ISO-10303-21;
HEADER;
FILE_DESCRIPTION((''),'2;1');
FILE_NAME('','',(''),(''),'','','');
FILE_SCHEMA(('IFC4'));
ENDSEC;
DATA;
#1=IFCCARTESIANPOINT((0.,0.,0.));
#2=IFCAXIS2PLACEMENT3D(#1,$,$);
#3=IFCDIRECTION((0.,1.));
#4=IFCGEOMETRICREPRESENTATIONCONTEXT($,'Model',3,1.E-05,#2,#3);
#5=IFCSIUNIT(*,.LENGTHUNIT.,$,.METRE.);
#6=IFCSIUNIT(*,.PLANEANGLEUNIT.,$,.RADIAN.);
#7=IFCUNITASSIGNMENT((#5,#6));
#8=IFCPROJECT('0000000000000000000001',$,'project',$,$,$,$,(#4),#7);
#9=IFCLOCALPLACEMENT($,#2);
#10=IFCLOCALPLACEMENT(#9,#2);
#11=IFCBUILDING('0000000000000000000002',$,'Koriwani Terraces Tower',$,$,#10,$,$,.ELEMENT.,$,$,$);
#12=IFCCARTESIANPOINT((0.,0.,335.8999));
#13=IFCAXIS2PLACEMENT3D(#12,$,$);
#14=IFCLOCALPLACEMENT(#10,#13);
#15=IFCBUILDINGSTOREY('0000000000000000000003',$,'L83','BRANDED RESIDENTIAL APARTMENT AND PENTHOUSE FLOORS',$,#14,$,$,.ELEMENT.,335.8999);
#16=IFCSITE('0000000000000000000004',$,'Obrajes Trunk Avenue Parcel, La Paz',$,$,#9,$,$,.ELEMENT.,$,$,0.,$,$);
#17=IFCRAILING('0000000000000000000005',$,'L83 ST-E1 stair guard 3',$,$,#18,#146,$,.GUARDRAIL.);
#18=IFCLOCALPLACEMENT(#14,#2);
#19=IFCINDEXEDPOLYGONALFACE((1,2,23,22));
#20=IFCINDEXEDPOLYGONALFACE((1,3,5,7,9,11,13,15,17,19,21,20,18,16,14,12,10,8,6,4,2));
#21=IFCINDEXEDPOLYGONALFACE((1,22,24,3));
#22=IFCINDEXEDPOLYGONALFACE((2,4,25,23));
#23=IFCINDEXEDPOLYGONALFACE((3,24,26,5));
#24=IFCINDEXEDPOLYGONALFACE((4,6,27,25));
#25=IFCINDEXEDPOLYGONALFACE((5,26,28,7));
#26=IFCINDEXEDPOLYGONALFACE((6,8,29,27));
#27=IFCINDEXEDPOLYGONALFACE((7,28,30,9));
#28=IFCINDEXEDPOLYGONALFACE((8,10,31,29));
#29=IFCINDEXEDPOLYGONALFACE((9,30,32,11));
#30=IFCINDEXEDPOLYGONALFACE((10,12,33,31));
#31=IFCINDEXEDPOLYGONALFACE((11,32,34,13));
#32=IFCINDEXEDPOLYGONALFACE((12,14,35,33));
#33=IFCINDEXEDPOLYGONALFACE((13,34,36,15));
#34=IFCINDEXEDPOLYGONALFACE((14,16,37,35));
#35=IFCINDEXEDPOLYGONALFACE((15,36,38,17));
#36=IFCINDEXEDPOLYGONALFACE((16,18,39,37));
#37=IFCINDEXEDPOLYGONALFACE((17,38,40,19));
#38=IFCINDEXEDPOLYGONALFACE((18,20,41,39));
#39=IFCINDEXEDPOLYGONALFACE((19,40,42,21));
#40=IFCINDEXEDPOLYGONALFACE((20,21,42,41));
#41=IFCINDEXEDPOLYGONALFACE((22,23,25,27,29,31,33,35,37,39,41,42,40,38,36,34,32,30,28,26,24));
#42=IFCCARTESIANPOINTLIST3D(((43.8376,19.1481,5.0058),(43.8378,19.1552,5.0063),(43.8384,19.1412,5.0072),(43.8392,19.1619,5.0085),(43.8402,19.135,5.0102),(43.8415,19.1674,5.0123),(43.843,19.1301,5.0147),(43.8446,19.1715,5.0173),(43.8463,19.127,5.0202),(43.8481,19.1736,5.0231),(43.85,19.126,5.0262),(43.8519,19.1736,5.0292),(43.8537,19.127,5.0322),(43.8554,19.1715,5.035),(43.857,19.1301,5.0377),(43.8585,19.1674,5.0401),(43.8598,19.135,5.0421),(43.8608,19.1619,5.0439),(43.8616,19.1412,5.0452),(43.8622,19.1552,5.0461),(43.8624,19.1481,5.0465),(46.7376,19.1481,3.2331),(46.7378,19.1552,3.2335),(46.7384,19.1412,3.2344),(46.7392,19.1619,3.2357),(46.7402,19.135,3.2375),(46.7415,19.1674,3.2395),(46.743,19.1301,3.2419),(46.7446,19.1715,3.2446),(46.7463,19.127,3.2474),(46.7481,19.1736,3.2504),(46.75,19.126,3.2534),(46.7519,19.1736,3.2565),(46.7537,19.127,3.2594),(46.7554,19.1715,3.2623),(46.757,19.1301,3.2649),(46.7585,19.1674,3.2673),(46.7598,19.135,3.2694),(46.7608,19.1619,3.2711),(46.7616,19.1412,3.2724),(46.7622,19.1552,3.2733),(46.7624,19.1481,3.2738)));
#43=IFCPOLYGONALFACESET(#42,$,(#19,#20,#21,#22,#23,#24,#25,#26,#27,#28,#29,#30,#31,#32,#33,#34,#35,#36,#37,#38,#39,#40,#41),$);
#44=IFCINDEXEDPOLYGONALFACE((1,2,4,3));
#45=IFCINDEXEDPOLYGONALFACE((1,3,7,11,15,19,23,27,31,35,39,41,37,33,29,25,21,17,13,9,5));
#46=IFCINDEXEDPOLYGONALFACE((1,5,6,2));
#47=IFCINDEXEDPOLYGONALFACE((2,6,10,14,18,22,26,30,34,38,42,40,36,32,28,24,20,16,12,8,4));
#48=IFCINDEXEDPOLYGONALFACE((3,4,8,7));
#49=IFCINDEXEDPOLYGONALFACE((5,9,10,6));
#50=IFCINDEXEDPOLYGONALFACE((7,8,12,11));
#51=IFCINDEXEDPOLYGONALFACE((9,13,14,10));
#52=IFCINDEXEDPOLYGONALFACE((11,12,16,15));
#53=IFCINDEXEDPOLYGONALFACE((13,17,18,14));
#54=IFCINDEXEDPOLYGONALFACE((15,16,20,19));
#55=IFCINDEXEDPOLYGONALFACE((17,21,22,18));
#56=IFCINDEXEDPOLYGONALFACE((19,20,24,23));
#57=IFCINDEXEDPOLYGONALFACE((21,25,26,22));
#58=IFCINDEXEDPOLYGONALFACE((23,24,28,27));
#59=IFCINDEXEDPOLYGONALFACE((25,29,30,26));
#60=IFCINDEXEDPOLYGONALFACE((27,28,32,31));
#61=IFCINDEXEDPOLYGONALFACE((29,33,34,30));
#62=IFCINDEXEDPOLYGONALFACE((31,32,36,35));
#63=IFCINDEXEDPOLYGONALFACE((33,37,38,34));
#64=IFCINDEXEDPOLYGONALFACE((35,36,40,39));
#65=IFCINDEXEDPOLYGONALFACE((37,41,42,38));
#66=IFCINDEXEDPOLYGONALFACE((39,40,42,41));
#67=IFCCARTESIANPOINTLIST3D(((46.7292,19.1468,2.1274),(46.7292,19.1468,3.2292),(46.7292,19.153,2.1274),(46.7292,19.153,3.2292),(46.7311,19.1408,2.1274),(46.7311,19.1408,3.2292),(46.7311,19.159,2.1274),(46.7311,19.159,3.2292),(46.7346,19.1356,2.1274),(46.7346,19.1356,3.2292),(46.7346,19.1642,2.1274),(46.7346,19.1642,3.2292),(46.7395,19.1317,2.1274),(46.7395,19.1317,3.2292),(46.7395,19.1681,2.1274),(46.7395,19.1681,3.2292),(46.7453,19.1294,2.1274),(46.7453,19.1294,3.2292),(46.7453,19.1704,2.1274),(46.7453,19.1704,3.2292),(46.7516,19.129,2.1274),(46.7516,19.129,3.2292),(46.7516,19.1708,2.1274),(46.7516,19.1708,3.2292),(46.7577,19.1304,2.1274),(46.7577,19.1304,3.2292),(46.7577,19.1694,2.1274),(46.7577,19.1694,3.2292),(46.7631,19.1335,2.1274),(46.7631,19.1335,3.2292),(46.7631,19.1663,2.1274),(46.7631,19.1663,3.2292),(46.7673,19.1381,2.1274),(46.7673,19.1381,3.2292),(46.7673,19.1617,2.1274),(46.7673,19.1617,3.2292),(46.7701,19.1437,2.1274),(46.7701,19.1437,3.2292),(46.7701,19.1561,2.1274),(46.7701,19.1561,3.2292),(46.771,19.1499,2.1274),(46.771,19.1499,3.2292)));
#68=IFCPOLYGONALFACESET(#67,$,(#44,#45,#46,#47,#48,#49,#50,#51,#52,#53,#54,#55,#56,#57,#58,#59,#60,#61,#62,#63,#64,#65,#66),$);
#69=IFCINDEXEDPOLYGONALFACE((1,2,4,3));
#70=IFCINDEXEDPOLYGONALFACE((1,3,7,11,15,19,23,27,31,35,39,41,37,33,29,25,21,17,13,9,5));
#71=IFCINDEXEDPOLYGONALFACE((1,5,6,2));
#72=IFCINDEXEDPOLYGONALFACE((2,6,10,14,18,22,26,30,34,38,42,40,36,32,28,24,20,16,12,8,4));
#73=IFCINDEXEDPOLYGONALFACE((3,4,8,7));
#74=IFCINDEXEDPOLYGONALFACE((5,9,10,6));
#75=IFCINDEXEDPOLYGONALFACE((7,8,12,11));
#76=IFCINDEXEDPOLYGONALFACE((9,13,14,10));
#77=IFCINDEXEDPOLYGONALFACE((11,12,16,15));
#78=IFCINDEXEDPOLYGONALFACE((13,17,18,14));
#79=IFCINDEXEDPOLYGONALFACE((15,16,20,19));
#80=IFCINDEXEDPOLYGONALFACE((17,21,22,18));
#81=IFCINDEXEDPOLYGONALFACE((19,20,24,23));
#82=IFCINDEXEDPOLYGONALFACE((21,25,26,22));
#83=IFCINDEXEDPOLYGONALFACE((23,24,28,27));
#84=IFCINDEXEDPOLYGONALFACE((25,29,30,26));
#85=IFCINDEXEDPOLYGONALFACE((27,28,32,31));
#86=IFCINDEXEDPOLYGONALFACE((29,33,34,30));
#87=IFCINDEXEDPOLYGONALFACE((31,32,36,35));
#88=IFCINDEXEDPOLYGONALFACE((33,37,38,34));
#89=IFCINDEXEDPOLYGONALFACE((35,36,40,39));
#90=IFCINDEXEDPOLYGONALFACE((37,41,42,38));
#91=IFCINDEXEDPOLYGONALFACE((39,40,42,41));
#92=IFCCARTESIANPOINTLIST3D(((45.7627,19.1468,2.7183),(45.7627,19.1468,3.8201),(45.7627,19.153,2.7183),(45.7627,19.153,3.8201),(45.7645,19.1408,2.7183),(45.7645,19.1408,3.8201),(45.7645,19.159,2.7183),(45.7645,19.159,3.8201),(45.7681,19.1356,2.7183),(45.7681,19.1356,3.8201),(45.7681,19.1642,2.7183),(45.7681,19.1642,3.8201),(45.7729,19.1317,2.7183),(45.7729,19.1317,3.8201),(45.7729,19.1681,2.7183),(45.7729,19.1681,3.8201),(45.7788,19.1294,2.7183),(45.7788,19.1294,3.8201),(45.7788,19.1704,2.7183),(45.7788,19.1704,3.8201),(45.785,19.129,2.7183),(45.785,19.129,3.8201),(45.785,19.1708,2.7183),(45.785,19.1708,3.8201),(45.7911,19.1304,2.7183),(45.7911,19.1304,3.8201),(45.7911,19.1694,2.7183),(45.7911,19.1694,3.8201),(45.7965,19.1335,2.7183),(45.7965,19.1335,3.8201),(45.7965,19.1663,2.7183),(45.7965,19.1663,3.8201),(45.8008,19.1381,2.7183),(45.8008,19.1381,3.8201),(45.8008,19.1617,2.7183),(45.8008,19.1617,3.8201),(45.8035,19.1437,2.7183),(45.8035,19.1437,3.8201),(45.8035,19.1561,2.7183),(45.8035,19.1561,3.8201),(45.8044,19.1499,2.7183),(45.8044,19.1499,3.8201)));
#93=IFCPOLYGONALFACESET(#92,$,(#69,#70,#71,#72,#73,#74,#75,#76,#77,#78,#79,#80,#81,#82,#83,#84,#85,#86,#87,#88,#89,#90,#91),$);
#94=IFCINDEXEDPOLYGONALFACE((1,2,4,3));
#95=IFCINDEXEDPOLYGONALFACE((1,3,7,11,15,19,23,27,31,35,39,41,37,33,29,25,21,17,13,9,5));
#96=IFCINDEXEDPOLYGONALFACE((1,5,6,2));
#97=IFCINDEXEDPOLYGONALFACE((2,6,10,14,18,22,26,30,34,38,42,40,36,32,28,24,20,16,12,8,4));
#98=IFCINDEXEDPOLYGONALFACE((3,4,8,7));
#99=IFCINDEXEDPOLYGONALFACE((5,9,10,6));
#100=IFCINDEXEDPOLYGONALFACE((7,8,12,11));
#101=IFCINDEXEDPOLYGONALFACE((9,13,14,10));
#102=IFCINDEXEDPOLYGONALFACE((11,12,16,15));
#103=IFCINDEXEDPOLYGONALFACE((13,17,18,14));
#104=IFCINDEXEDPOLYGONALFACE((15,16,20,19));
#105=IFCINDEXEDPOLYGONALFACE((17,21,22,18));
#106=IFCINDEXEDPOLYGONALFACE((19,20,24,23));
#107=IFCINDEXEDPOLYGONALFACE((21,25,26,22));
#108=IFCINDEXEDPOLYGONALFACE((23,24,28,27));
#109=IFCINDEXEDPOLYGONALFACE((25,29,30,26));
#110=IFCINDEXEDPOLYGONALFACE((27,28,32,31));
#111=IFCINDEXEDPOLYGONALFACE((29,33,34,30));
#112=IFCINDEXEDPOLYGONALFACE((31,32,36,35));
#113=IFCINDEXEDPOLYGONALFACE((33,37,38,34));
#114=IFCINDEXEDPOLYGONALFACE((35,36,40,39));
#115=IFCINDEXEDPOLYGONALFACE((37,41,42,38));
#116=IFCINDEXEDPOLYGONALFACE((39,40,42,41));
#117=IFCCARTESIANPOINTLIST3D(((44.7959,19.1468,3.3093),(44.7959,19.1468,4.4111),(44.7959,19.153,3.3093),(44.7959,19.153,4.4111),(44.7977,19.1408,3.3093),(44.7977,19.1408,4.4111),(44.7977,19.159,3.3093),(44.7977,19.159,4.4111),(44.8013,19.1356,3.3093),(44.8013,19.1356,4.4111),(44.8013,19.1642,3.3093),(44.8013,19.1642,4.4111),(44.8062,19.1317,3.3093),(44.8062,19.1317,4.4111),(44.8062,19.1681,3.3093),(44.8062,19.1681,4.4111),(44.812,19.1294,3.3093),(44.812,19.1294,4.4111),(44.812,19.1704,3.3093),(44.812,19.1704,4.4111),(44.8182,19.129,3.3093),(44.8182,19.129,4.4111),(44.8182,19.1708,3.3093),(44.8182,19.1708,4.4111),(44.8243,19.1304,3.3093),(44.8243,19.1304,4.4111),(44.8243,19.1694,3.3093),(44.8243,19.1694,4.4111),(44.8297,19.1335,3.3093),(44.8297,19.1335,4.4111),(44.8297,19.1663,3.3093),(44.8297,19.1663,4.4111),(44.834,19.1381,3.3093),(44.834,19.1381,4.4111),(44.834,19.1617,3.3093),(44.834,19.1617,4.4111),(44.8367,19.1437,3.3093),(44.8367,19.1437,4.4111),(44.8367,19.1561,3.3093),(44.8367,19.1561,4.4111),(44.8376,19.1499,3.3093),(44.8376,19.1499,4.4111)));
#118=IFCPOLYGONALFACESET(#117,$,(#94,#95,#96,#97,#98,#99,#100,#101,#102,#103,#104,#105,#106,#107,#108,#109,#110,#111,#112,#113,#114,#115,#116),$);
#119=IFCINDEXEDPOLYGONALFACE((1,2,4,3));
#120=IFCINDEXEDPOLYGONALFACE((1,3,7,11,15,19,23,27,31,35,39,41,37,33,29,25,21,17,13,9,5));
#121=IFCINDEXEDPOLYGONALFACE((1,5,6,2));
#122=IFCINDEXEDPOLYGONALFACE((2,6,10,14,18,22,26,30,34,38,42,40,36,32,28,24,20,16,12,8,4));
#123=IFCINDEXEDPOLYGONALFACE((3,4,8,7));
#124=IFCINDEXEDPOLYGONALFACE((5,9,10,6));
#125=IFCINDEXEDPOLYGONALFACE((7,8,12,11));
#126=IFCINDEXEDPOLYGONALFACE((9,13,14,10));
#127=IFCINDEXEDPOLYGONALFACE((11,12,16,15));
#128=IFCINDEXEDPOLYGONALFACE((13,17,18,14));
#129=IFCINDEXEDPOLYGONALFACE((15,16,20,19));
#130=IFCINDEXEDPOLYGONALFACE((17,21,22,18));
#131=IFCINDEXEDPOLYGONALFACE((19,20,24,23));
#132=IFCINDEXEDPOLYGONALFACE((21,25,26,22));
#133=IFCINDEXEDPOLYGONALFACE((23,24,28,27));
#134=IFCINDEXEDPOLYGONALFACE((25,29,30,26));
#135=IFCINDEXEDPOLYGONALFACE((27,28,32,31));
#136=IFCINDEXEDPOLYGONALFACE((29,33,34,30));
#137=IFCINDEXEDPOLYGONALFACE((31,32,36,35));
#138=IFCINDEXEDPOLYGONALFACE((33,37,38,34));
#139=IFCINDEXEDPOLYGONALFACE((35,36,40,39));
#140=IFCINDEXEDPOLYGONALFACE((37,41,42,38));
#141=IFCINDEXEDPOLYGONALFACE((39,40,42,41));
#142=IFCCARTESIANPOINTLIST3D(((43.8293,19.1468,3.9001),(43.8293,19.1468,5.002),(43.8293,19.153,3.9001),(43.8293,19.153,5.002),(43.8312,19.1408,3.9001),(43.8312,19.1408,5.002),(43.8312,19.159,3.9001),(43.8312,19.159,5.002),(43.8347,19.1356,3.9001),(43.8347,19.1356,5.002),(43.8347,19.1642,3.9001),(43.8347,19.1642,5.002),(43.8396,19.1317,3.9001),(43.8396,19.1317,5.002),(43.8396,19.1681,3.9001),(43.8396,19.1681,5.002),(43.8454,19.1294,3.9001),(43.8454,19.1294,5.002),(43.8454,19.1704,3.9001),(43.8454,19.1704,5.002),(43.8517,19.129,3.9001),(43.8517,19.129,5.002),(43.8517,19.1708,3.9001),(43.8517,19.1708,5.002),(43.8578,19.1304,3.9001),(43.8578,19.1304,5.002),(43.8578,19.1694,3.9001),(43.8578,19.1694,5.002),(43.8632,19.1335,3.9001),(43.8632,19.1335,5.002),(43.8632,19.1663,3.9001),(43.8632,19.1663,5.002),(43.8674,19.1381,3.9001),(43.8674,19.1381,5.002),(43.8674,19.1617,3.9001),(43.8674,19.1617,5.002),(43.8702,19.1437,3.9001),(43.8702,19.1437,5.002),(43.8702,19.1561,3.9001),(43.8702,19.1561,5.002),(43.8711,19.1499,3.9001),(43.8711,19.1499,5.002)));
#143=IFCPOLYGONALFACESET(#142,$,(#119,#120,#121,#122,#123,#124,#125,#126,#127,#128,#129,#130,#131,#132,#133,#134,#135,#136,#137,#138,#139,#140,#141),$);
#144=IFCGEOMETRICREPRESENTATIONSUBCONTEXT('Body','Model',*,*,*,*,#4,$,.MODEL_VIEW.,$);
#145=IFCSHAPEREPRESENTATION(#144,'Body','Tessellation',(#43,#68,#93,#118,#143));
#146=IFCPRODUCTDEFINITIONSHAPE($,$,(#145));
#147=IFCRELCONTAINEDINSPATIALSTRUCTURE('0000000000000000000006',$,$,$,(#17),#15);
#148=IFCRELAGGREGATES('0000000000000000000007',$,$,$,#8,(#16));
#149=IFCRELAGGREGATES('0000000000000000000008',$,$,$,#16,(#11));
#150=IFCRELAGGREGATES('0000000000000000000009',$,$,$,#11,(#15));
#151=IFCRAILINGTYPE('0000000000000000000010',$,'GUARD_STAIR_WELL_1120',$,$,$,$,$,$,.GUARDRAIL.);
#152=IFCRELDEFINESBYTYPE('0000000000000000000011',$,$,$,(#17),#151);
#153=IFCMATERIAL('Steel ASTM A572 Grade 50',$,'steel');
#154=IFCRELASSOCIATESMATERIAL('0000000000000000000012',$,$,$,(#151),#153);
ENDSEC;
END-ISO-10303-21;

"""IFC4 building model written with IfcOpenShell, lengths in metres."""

from ifc_helpers import new_model, si_unit, direction, frame, origin, origin_2d, place, context, subcontext, project, spatial, circle, extrude, material, type_object, element, save


model = new_model("IFC4")

# Units and contexts
model_context = context("Model", 3, precision=1e-05, world=origin(), true_north=direction((0.0, 1.0)))
body_context = subcontext(model_context, "Body", "Model", "MODEL_VIEW")
ifc_project = project(units=[si_unit("LENGTHUNIT", "METRE"), si_unit("PLANEANGLEUNIT", "RADIAN")], contexts=[model_context])

# Site, building, storey
site_placement = place(None, origin())
site = spatial("IfcSite", under=ifc_project, at=site_placement, Name="Obrajes Trunk Avenue Parcel, La Paz", CompositionType="ELEMENT", RefElevation=0.0)
building_placement = place(site_placement, origin())
building = spatial("IfcBuilding", under=site, at=building_placement, Name="Koriwani Terraces Tower", CompositionType="ELEMENT")
storey_placement = place(building_placement, frame((0.0, 0.0, 335.8999)))
storey = spatial("IfcBuildingStorey", under=building, at=storey_placement, Name="L83", Description="BRANDED RESIDENTIAL APARTMENT AND PENTHOUSE FLOORS", CompositionType="ELEMENT", Elevation=335.8999)

# Railing
ifc_material_1 = material(Name="Steel ASTM A572 Grade 50", Category="steel")
railing_type_1 = type_object("IfcRailingType", Name="GUARD_STAIR_WELL_1120", PredefinedType="GUARDRAIL", material=ifc_material_1)
railing_1_placement = place(storey_placement, frame((46.75, 19.1499, 2.1274)))
element("IfcRailing", 1, at=railing_1_placement, inside=storey, type_object=railing_type_1, Name="L83 ST-E1 stair guard 3", PredefinedType="GUARDRAIL", context=body_context, shape_type="SweptSolid", body=[
    extrude(circle(Radius=0.0239, at=origin_2d()), frame((0.0, 0.0, 1.126), z_axis=(-0.853211, 0.0, 0.521566), x_axis=(0.0, -1.0, 0.0)), (0.0, 0.0, 1.0), 3.3989),
    extrude(circle(Radius=0.021, at=origin_2d()), origin(), (0.0, 0.0, 1.0), 1.1018),
    extrude(circle(Radius=0.021, at=origin_2d()), frame((-0.9666, 0.0, 0.5908)), (0.0, 0.0, 1.0), 1.1018),
    extrude(circle(Radius=0.021, at=origin_2d()), frame((-1.9333, 0.0, 1.1819)), (0.0, 0.0, 1.0), 1.1018),
    extrude(circle(Radius=0.021, at=origin_2d()), frame((-2.8999, 0.0, 1.7727)), (0.0, 0.0, 1.0), 1.1018),
])

save(model, "model.ifc")
